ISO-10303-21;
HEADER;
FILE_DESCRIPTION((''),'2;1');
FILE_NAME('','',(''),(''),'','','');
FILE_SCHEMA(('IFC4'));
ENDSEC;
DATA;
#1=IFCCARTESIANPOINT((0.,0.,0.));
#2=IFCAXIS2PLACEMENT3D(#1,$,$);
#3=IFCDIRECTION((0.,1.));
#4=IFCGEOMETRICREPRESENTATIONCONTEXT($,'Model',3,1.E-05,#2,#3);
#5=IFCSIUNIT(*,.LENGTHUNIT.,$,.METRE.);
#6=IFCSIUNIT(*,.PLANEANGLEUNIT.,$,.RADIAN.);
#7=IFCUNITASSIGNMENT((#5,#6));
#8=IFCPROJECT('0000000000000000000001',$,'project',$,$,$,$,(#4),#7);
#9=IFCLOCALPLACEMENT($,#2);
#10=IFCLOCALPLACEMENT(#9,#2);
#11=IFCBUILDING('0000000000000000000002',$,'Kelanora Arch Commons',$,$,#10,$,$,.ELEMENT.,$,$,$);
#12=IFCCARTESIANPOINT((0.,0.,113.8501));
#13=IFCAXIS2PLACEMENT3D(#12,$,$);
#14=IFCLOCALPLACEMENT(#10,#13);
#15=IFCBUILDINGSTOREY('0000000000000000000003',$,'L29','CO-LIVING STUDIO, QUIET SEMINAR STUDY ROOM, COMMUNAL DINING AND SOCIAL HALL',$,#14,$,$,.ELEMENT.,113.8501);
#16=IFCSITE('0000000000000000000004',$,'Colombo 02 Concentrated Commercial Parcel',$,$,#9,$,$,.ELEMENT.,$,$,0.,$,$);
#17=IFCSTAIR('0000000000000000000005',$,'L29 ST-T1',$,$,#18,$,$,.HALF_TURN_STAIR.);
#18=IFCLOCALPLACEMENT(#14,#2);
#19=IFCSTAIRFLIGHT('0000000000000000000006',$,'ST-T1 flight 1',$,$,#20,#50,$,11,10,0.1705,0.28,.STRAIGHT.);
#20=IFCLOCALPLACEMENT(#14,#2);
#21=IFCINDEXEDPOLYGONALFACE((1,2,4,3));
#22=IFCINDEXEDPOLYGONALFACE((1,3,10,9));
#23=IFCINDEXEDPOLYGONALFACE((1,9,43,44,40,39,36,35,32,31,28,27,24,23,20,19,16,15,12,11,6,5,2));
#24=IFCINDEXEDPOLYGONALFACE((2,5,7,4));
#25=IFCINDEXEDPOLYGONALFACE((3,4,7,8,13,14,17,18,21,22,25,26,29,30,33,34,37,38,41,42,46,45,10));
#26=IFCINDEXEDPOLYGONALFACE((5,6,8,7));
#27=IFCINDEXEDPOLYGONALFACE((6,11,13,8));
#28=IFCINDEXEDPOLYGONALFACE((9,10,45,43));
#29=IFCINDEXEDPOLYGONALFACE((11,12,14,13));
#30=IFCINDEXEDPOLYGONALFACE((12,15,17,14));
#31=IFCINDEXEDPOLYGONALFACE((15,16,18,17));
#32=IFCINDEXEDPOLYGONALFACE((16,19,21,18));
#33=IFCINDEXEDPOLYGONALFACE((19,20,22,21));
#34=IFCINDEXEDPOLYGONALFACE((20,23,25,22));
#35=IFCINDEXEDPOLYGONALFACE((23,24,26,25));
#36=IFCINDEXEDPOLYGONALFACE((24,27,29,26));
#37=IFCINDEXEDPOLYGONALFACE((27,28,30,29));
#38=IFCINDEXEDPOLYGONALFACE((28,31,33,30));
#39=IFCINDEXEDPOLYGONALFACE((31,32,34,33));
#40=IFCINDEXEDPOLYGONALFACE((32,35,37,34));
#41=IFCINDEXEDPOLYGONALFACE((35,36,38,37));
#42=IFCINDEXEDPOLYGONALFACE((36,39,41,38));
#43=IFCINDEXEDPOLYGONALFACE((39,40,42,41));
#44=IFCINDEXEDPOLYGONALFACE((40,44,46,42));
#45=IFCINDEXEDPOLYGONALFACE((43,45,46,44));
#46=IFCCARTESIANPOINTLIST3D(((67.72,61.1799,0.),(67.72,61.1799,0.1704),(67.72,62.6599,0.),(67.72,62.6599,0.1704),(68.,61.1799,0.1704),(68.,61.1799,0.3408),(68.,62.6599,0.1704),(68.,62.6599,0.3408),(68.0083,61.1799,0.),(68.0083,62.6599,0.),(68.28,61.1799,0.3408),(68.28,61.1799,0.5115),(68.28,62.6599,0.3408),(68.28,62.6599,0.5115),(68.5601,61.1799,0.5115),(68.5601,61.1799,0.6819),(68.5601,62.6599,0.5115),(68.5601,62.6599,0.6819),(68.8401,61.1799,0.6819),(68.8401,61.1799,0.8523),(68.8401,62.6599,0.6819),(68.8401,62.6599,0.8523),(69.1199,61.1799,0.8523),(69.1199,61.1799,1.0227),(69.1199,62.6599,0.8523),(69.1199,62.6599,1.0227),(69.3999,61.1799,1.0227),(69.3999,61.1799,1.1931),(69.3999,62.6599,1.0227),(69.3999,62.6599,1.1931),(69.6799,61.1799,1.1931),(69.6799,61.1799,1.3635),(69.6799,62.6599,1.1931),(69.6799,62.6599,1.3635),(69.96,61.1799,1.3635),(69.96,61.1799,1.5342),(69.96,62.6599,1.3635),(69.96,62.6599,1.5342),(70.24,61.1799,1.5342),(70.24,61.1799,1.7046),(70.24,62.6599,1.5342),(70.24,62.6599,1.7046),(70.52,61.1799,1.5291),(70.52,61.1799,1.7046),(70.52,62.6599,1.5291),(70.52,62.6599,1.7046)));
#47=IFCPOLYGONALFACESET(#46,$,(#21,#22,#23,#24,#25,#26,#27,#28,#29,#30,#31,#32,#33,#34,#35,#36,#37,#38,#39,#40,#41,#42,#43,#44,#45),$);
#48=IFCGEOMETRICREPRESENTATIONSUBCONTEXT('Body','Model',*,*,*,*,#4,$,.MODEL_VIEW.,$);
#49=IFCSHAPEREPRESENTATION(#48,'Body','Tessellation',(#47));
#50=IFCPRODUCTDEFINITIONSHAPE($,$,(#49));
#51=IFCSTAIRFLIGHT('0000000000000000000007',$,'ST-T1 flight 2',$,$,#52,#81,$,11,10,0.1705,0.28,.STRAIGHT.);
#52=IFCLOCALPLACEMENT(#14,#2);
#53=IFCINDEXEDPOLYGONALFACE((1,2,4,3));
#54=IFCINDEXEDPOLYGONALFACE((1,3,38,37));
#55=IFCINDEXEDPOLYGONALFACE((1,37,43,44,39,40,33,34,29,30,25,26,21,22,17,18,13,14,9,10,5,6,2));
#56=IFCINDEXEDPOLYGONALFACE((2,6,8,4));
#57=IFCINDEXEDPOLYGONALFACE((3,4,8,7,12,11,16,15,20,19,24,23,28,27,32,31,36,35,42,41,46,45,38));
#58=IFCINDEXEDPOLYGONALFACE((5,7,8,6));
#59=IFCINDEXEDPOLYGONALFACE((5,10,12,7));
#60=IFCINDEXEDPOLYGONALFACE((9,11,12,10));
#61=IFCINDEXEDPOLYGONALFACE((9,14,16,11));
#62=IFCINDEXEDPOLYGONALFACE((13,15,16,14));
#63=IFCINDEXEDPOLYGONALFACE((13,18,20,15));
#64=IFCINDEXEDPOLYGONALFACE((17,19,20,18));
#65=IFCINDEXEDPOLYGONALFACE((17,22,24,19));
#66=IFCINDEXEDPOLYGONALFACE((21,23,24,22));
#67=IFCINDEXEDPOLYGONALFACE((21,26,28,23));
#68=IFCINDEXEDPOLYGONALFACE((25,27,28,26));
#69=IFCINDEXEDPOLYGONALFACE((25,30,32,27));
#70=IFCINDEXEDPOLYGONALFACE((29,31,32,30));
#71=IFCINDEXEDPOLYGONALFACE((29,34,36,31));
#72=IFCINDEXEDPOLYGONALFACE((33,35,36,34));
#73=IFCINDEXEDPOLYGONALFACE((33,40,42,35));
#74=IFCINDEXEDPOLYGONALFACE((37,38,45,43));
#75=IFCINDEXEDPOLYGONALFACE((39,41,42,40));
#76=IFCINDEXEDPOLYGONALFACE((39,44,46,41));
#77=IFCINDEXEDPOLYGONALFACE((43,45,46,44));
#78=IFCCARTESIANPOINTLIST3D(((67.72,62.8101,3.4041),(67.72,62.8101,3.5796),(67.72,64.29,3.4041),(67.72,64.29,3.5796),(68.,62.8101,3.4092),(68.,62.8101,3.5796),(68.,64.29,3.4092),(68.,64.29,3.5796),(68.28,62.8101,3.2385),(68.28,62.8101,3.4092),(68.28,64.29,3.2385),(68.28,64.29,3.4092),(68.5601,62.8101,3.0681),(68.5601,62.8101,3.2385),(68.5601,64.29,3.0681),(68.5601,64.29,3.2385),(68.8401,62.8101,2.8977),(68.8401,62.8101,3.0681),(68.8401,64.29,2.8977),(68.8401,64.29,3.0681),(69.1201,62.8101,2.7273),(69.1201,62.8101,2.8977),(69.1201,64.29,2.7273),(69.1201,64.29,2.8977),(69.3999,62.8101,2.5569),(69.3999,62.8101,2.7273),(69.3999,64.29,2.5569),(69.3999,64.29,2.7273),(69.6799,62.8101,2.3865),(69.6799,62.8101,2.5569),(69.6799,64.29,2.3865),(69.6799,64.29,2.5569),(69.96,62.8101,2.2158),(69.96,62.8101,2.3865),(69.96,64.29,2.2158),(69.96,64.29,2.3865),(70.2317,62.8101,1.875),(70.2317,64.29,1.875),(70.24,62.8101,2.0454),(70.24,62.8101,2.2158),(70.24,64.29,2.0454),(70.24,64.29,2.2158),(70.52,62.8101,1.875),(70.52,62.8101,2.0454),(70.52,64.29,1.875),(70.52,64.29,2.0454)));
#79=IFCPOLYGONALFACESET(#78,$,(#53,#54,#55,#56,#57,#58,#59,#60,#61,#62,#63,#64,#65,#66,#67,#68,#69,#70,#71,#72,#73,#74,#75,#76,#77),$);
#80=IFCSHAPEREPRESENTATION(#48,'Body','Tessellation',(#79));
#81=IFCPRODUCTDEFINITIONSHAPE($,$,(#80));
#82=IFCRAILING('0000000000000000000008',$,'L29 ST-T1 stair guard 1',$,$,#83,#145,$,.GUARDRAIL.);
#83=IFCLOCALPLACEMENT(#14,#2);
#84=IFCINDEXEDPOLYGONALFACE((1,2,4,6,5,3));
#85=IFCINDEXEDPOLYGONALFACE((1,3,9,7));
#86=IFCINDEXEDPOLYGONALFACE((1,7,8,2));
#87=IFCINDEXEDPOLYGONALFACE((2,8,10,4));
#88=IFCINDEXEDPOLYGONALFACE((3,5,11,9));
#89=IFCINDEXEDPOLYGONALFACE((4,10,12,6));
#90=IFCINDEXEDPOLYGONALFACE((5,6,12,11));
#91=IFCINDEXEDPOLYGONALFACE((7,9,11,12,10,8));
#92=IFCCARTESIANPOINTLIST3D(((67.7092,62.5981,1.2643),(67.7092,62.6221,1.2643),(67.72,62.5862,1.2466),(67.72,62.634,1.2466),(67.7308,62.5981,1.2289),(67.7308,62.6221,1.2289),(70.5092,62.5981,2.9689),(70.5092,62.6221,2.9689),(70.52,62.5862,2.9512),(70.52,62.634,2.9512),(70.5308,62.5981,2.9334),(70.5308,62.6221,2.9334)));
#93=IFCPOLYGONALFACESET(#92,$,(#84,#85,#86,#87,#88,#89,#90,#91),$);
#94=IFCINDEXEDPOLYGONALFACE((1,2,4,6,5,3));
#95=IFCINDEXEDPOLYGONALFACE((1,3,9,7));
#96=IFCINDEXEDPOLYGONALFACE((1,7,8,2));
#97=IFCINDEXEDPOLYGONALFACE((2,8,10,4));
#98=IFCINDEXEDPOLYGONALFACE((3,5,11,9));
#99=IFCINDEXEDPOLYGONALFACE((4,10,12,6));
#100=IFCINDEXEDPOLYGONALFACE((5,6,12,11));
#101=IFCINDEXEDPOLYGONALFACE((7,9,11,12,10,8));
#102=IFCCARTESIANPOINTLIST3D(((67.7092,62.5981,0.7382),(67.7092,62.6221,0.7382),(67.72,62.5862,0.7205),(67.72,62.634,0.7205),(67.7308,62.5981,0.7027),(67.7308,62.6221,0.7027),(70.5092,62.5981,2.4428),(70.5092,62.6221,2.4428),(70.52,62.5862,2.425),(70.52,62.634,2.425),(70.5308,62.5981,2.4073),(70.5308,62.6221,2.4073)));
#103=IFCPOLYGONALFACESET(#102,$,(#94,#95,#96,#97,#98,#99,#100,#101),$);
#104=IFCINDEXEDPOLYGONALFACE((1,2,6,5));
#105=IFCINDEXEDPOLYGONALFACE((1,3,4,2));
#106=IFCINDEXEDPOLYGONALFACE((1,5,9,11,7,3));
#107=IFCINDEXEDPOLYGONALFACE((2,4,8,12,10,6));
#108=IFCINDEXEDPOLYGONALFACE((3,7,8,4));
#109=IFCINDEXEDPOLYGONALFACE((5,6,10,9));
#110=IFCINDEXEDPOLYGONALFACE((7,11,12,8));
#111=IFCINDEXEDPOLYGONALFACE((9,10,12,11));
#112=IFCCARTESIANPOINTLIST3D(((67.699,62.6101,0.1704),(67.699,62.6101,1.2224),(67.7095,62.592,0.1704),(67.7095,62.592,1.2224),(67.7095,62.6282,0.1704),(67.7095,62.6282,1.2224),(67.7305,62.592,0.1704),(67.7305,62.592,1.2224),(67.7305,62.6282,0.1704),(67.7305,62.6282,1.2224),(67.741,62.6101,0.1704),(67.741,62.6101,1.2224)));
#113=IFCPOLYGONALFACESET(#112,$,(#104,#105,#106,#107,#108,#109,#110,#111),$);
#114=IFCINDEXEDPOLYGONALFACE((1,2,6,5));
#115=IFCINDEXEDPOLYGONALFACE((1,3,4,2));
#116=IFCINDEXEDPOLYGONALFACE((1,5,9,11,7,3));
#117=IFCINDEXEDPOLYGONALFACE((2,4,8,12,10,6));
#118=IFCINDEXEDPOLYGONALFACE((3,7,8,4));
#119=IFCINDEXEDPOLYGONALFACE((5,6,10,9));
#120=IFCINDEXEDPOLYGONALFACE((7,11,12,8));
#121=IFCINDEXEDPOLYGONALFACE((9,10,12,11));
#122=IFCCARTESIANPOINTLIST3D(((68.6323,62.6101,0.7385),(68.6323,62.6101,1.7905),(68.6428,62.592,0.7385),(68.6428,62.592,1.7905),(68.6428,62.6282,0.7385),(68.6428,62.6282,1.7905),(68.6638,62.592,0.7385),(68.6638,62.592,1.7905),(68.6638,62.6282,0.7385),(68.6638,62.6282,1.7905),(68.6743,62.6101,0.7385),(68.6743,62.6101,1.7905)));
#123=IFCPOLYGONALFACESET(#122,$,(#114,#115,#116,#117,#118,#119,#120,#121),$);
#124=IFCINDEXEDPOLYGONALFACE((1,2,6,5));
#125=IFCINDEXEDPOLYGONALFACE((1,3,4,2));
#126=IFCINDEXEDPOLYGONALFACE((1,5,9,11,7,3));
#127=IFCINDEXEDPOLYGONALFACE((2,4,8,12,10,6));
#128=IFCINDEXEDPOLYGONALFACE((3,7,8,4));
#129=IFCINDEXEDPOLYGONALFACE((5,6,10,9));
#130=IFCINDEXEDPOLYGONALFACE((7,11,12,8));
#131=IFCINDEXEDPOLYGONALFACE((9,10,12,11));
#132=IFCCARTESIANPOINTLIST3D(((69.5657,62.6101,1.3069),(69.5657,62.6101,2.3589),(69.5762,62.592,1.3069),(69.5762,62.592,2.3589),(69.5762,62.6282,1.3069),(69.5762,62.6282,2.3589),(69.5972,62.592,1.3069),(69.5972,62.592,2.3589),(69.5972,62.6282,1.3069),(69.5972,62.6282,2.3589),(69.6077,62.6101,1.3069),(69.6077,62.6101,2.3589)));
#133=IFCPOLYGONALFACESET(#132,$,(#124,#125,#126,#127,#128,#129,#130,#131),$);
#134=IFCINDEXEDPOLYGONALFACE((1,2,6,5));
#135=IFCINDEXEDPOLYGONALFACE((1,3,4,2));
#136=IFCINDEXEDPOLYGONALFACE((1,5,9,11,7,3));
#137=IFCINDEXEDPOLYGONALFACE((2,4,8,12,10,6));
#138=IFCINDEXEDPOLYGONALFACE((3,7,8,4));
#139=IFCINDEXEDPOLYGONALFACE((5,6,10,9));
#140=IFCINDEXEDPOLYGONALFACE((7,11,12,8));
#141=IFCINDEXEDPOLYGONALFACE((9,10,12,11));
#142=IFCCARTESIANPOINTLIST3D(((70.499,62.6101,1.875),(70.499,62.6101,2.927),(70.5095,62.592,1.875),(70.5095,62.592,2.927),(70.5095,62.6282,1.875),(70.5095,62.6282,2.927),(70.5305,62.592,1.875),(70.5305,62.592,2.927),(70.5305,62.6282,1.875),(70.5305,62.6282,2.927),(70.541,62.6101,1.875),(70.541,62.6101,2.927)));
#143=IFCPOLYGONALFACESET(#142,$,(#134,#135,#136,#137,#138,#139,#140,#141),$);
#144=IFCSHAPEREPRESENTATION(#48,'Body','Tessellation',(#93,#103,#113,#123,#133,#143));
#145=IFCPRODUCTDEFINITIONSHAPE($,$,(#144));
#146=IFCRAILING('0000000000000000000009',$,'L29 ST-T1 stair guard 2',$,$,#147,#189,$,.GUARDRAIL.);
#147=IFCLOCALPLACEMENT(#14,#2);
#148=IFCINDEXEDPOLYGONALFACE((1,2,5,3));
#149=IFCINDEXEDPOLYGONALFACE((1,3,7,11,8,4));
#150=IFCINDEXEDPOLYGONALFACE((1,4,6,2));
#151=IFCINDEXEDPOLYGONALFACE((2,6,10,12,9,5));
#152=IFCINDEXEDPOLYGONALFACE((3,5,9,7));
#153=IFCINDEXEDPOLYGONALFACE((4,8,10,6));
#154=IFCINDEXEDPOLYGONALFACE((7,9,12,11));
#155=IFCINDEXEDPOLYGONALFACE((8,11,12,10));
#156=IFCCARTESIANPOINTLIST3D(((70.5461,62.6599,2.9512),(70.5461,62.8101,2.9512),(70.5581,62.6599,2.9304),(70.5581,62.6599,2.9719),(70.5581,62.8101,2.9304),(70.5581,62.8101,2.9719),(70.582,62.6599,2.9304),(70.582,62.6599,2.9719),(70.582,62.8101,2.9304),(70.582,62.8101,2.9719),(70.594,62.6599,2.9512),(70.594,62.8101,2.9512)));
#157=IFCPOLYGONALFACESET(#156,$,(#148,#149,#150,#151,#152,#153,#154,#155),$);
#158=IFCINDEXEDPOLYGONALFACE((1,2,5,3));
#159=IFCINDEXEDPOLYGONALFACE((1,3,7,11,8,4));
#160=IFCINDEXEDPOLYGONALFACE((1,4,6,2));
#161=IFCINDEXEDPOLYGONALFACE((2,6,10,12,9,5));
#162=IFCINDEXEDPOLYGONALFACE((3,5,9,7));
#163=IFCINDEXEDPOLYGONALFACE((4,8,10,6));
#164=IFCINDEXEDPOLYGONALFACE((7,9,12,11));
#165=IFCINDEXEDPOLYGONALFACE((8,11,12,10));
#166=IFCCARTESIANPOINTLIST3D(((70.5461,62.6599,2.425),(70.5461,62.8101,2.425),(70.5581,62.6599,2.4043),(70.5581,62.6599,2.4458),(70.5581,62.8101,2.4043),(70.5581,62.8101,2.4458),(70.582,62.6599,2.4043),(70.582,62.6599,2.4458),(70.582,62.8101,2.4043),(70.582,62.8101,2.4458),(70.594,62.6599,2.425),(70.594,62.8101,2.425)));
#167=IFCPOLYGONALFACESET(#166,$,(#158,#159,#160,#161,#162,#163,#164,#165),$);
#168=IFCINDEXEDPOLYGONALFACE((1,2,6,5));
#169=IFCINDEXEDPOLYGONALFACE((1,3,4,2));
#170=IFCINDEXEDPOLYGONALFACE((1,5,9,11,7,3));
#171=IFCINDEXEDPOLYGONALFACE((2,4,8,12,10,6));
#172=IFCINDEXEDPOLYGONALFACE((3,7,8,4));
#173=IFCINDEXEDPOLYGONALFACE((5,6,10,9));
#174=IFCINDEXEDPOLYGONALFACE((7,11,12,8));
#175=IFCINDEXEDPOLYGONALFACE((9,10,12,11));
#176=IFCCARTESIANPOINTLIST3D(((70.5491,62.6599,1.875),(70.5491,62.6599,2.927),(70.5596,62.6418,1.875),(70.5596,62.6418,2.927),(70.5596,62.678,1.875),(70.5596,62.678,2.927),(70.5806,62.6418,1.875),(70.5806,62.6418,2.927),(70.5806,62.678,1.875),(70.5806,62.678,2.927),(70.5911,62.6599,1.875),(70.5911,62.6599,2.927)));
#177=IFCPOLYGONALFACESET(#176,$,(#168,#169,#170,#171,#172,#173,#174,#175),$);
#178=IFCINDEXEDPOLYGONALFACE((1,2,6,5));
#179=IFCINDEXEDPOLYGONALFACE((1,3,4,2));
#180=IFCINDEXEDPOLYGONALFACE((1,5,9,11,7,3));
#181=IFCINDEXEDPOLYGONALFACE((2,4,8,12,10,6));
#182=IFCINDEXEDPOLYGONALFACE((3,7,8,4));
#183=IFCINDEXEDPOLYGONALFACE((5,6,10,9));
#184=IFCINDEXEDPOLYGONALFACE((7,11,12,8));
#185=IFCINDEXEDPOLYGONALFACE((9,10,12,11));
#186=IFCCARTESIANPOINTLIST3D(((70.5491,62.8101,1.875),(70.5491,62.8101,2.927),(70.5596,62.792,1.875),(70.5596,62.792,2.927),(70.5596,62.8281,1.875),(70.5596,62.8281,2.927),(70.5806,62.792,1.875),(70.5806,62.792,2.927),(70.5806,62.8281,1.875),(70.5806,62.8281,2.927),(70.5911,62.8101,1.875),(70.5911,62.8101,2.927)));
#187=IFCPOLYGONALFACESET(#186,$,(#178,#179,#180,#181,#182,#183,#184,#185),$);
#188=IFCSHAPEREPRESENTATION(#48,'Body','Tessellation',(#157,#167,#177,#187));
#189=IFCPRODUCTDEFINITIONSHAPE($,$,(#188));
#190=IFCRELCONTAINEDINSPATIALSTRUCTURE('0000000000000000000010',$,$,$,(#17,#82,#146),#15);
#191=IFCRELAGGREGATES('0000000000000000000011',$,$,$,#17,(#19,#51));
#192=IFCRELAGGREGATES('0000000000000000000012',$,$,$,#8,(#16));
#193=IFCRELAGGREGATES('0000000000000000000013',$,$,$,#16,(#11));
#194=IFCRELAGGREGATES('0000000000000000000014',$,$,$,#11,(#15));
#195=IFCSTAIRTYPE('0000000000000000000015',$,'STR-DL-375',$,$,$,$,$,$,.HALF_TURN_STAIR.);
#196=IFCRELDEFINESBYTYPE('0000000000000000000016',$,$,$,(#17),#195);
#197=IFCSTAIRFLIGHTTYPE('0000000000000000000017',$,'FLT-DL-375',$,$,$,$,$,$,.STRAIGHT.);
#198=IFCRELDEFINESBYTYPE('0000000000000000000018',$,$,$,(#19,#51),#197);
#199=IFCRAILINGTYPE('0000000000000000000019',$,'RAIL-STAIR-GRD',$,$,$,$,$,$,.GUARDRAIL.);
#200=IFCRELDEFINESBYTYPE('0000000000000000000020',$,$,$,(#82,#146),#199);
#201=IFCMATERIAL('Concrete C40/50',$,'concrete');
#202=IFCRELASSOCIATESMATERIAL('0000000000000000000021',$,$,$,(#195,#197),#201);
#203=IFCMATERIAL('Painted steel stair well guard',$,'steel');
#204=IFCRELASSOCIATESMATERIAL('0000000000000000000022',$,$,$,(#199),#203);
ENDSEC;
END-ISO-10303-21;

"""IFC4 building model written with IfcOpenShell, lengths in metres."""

from ifc_helpers import new_model, si_unit, direction, frame, origin, place, context, subcontext, project, spatial, polyline, outline, extrude, material, type_object, element, aggregate, save


model = new_model("IFC4")

# Units and contexts
model_context = context("Model", 3, precision=1e-05, world=origin(), true_north=direction((0.0, 1.0)))
body_context = subcontext(model_context, "Body", "Model", "MODEL_VIEW")
ifc_project = project(units=[si_unit("LENGTHUNIT", "METRE"), si_unit("PLANEANGLEUNIT", "RADIAN")], contexts=[model_context])

# Site, building, storey
site_placement = place(None, origin())
site = spatial("IfcSite", under=ifc_project, at=site_placement, Name="Colombo 02 Concentrated Commercial Parcel", CompositionType="ELEMENT", RefElevation=0.0)
building_placement = place(site_placement, origin())
building = spatial("IfcBuilding", under=site, at=building_placement, Name="Kelanora Arch Commons", CompositionType="ELEMENT")
storey_placement = place(building_placement, frame((0.0, 0.0, 113.8501)))
storey = spatial("IfcBuildingStorey", under=building, at=storey_placement, Name="L29", Description="CO-LIVING STUDIO, QUIET SEMINAR STUDY ROOM, COMMUNAL DINING AND SOCIAL HALL", CompositionType="ELEMENT", Elevation=113.8501)

# Shared definitions
ifc_material_1 = material(Name="Concrete C40/50", Category="concrete")

# Stair, stair flights
stair_type = type_object("IfcStairType", Name="STR-DL-375", PredefinedType="HALF_TURN_STAIR", material=ifc_material_1)
stair_placement = place(storey_placement, origin())
stair = element("IfcStair", 1, at=stair_placement, inside=storey, type_object=stair_type, Name="L29 ST-T1", PredefinedType="HALF_TURN_STAIR")
stair_flight_type = type_object("IfcStairFlightType", Name="FLT-DL-375", PredefinedType="STRAIGHT", material=ifc_material_1)
stair_flight_1_placement = place(storey_placement, frame((67.72, 61.9199, 0.0), z_axis=(0.0, 0.0, 1.0), x_axis=(1.0, 0.0, 0.0)))
stair_flight_1 = element("IfcStairFlight", 2, at=stair_flight_1_placement, type_object=stair_flight_type, Name="ST-T1 flight 1", NumberOfRisers=11, NumberOfTreads=10, PredefinedType="STRAIGHT", RiserHeight=0.1705, TreadLength=0.28, context=body_context, shape_type="SweptSolid", body=[
    extrude(outline(polyline([(0.0, 0.0), (0.0, 0.1704), (0.28, 0.1704), (0.28, 0.3408), (0.5601, 0.3408), (0.5601, 0.5115), (0.8401, 0.5115), (0.8401, 0.6819), (1.1201, 0.6819), (1.1201, 0.8523), (1.3999, 0.8523), (1.3999, 1.0227), (1.6799, 1.0227), (1.6799, 1.1931), (1.96, 1.1931), (1.96, 1.3635), (2.24, 1.3635), (2.24, 1.5342), (2.52, 1.5342), (2.52, 1.7046), (2.8, 1.7046), (2.8, 1.875), (2.8, 1.5291), (0.2883, 0.0), (0.0, 0.0)])), frame((0.0, 0.74, 0.0), z_axis=(0.0, -1.0, 0.0), x_axis=(1.0, 0.0, 0.0)), (0.0, 0.0, 1.0), 1.48),
])
stair_flight_2_placement = place(storey_placement, frame((70.52, 63.55, 1.875), z_axis=(0.0, 0.0, 1.0), x_axis=(-1.0, 0.0, 0.0)))
stair_flight_2 = element("IfcStairFlight", 3, at=stair_flight_2_placement, type_object=stair_flight_type, Name="ST-T1 flight 2", NumberOfRisers=11, NumberOfTreads=10, PredefinedType="STRAIGHT", RiserHeight=0.1705, TreadLength=0.28, context=body_context, shape_type="SweptSolid", body=[
    extrude(outline(polyline([(0.0, 0.0), (0.0, 0.1704), (0.28, 0.1704), (0.28, 0.3408), (0.5601, 0.3408), (0.5601, 0.5115), (0.8401, 0.5115), (0.8401, 0.6819), (1.1201, 0.6819), (1.1201, 0.8523), (1.3999, 0.8523), (1.3999, 1.0227), (1.6799, 1.0227), (1.6799, 1.1931), (1.96, 1.1931), (1.96, 1.3635), (2.24, 1.3635), (2.24, 1.5342), (2.52, 1.5342), (2.52, 1.7046), (2.8, 1.7046), (2.8, 1.875), (2.8, 1.5291), (0.2883, 0.0), (0.0, 0.0)])), frame((0.0, 0.74, 0.0), z_axis=(0.0, -1.0, 0.0), x_axis=(1.0, 0.0, 0.0)), (0.0, 0.0, 1.0), 1.48),
])
aggregate(stair, [stair_flight_1, stair_flight_2])

# Railings
ifc_material_2 = material(Name="Painted steel stair well guard", Category="steel")
railing_type_1 = type_object("IfcRailingType", Name="RAIL-STAIR-GRD", PredefinedType="GUARDRAIL", material=ifc_material_2)
railing_1_placement = place(storey_placement, frame((67.72, 62.6101, 0.1704)))
element("IfcRailing", 4, at=railing_1_placement, inside=storey, type_object=railing_type_1, Name="L29 ST-T1 stair guard 1", PredefinedType="GUARDRAIL", context=body_context, shape_type="SweptSolid", body=[
    extrude(outline(polyline([(0.0239, 0.0), (0.012, 0.0208), (-0.012, 0.0208), (-0.0239, 0.0), (-0.012, -0.0208), (0.012, -0.0208), (0.0239, 0.0)])), frame((0.0, 0.0, 1.0762), z_axis=(0.85417, 0.0, 0.519994), x_axis=(0.0, 1.0, 0.0)), (0.0, 0.0, 1.0), 3.2781),
    extrude(outline(polyline([(0.0239, 0.0), (0.012, 0.0208), (-0.012, 0.0208), (-0.0239, 0.0), (-0.012, -0.0208), (0.012, -0.0208), (0.0239, 0.0)])), frame((0.0, 0.0, 0.55), z_axis=(0.85417, 0.0, 0.519994), x_axis=(0.0, 1.0, 0.0)), (0.0, 0.0, 1.0), 3.2781),
    extrude(outline(polyline([(0.021, 0.0), (0.0105, 0.0181), (-0.0105, 0.0181), (-0.021, 0.0), (-0.0105, -0.0181), (0.0105, -0.0181), (0.021, 0.0)])), origin(), (0.0, 0.0, 1.0), 1.052),
    extrude(outline(polyline([(0.021, 0.0), (0.0105, 0.0181), (-0.0105, 0.0181), (-0.021, 0.0), (-0.0105, -0.0181), (0.0105, -0.0181), (0.021, 0.0)])), frame((0.9333, 0.0, 0.5681)), (0.0, 0.0, 1.0), 1.052),
    extrude(outline(polyline([(0.021, 0.0), (0.0105, 0.0181), (-0.0105, 0.0181), (-0.021, 0.0), (-0.0105, -0.0181), (0.0105, -0.0181), (0.021, 0.0)])), frame((1.8667, 0.0, 1.1365)), (0.0, 0.0, 1.0), 1.052),
    extrude(outline(polyline([(0.021, 0.0), (0.0105, 0.0181), (-0.0105, 0.0181), (-0.021, 0.0), (-0.0105, -0.0181), (0.0105, -0.0181), (0.021, 0.0)])), frame((2.8, 0.0, 1.7046)), (0.0, 0.0, 1.0), 1.052),
])
railing_2_placement = place(storey_placement, frame((70.5701, 62.6599, 1.875)))
element("IfcRailing", 5, at=railing_2_placement, inside=storey, type_object=railing_type_1, Name="L29 ST-T1 stair guard 2", PredefinedType="GUARDRAIL", context=body_context, shape_type="SweptSolid", body=[
    extrude(outline(polyline([(0.0239, 0.0), (0.012, 0.0208), (-0.012, 0.0208), (-0.0239, 0.0), (-0.012, -0.0208), (0.012, -0.0208), (0.0239, 0.0)])), frame((0.0, 0.0, 1.0762), z_axis=(0.0, 1.0, 0.0), x_axis=(-1.0, 0.0, 0.0)), (0.0, 0.0, 1.0), 0.1501),
    extrude(outline(polyline([(0.0239, 0.0), (0.012, 0.0208), (-0.012, 0.0208), (-0.0239, 0.0), (-0.012, -0.0208), (0.012, -0.0208), (0.0239, 0.0)])), frame((0.0, 0.0, 0.55), z_axis=(0.0, 1.0, 0.0), x_axis=(-1.0, 0.0, 0.0)), (0.0, 0.0, 1.0), 0.1501),
    extrude(outline(polyline([(0.021, 0.0), (0.0105, 0.0181), (-0.0105, 0.0181), (-0.021, 0.0), (-0.0105, -0.0181), (0.0105, -0.0181), (0.021, 0.0)])), origin(), (0.0, 0.0, 1.0), 1.052),
    extrude(outline(polyline([(0.021, 0.0), (0.0105, 0.0181), (-0.0105, 0.0181), (-0.021, 0.0), (-0.0105, -0.0181), (0.0105, -0.0181), (0.021, 0.0)])), frame((0.0, 0.1501, 0.0)), (0.0, 0.0, 1.0), 1.052),
])

save(model, "model.ifc")
